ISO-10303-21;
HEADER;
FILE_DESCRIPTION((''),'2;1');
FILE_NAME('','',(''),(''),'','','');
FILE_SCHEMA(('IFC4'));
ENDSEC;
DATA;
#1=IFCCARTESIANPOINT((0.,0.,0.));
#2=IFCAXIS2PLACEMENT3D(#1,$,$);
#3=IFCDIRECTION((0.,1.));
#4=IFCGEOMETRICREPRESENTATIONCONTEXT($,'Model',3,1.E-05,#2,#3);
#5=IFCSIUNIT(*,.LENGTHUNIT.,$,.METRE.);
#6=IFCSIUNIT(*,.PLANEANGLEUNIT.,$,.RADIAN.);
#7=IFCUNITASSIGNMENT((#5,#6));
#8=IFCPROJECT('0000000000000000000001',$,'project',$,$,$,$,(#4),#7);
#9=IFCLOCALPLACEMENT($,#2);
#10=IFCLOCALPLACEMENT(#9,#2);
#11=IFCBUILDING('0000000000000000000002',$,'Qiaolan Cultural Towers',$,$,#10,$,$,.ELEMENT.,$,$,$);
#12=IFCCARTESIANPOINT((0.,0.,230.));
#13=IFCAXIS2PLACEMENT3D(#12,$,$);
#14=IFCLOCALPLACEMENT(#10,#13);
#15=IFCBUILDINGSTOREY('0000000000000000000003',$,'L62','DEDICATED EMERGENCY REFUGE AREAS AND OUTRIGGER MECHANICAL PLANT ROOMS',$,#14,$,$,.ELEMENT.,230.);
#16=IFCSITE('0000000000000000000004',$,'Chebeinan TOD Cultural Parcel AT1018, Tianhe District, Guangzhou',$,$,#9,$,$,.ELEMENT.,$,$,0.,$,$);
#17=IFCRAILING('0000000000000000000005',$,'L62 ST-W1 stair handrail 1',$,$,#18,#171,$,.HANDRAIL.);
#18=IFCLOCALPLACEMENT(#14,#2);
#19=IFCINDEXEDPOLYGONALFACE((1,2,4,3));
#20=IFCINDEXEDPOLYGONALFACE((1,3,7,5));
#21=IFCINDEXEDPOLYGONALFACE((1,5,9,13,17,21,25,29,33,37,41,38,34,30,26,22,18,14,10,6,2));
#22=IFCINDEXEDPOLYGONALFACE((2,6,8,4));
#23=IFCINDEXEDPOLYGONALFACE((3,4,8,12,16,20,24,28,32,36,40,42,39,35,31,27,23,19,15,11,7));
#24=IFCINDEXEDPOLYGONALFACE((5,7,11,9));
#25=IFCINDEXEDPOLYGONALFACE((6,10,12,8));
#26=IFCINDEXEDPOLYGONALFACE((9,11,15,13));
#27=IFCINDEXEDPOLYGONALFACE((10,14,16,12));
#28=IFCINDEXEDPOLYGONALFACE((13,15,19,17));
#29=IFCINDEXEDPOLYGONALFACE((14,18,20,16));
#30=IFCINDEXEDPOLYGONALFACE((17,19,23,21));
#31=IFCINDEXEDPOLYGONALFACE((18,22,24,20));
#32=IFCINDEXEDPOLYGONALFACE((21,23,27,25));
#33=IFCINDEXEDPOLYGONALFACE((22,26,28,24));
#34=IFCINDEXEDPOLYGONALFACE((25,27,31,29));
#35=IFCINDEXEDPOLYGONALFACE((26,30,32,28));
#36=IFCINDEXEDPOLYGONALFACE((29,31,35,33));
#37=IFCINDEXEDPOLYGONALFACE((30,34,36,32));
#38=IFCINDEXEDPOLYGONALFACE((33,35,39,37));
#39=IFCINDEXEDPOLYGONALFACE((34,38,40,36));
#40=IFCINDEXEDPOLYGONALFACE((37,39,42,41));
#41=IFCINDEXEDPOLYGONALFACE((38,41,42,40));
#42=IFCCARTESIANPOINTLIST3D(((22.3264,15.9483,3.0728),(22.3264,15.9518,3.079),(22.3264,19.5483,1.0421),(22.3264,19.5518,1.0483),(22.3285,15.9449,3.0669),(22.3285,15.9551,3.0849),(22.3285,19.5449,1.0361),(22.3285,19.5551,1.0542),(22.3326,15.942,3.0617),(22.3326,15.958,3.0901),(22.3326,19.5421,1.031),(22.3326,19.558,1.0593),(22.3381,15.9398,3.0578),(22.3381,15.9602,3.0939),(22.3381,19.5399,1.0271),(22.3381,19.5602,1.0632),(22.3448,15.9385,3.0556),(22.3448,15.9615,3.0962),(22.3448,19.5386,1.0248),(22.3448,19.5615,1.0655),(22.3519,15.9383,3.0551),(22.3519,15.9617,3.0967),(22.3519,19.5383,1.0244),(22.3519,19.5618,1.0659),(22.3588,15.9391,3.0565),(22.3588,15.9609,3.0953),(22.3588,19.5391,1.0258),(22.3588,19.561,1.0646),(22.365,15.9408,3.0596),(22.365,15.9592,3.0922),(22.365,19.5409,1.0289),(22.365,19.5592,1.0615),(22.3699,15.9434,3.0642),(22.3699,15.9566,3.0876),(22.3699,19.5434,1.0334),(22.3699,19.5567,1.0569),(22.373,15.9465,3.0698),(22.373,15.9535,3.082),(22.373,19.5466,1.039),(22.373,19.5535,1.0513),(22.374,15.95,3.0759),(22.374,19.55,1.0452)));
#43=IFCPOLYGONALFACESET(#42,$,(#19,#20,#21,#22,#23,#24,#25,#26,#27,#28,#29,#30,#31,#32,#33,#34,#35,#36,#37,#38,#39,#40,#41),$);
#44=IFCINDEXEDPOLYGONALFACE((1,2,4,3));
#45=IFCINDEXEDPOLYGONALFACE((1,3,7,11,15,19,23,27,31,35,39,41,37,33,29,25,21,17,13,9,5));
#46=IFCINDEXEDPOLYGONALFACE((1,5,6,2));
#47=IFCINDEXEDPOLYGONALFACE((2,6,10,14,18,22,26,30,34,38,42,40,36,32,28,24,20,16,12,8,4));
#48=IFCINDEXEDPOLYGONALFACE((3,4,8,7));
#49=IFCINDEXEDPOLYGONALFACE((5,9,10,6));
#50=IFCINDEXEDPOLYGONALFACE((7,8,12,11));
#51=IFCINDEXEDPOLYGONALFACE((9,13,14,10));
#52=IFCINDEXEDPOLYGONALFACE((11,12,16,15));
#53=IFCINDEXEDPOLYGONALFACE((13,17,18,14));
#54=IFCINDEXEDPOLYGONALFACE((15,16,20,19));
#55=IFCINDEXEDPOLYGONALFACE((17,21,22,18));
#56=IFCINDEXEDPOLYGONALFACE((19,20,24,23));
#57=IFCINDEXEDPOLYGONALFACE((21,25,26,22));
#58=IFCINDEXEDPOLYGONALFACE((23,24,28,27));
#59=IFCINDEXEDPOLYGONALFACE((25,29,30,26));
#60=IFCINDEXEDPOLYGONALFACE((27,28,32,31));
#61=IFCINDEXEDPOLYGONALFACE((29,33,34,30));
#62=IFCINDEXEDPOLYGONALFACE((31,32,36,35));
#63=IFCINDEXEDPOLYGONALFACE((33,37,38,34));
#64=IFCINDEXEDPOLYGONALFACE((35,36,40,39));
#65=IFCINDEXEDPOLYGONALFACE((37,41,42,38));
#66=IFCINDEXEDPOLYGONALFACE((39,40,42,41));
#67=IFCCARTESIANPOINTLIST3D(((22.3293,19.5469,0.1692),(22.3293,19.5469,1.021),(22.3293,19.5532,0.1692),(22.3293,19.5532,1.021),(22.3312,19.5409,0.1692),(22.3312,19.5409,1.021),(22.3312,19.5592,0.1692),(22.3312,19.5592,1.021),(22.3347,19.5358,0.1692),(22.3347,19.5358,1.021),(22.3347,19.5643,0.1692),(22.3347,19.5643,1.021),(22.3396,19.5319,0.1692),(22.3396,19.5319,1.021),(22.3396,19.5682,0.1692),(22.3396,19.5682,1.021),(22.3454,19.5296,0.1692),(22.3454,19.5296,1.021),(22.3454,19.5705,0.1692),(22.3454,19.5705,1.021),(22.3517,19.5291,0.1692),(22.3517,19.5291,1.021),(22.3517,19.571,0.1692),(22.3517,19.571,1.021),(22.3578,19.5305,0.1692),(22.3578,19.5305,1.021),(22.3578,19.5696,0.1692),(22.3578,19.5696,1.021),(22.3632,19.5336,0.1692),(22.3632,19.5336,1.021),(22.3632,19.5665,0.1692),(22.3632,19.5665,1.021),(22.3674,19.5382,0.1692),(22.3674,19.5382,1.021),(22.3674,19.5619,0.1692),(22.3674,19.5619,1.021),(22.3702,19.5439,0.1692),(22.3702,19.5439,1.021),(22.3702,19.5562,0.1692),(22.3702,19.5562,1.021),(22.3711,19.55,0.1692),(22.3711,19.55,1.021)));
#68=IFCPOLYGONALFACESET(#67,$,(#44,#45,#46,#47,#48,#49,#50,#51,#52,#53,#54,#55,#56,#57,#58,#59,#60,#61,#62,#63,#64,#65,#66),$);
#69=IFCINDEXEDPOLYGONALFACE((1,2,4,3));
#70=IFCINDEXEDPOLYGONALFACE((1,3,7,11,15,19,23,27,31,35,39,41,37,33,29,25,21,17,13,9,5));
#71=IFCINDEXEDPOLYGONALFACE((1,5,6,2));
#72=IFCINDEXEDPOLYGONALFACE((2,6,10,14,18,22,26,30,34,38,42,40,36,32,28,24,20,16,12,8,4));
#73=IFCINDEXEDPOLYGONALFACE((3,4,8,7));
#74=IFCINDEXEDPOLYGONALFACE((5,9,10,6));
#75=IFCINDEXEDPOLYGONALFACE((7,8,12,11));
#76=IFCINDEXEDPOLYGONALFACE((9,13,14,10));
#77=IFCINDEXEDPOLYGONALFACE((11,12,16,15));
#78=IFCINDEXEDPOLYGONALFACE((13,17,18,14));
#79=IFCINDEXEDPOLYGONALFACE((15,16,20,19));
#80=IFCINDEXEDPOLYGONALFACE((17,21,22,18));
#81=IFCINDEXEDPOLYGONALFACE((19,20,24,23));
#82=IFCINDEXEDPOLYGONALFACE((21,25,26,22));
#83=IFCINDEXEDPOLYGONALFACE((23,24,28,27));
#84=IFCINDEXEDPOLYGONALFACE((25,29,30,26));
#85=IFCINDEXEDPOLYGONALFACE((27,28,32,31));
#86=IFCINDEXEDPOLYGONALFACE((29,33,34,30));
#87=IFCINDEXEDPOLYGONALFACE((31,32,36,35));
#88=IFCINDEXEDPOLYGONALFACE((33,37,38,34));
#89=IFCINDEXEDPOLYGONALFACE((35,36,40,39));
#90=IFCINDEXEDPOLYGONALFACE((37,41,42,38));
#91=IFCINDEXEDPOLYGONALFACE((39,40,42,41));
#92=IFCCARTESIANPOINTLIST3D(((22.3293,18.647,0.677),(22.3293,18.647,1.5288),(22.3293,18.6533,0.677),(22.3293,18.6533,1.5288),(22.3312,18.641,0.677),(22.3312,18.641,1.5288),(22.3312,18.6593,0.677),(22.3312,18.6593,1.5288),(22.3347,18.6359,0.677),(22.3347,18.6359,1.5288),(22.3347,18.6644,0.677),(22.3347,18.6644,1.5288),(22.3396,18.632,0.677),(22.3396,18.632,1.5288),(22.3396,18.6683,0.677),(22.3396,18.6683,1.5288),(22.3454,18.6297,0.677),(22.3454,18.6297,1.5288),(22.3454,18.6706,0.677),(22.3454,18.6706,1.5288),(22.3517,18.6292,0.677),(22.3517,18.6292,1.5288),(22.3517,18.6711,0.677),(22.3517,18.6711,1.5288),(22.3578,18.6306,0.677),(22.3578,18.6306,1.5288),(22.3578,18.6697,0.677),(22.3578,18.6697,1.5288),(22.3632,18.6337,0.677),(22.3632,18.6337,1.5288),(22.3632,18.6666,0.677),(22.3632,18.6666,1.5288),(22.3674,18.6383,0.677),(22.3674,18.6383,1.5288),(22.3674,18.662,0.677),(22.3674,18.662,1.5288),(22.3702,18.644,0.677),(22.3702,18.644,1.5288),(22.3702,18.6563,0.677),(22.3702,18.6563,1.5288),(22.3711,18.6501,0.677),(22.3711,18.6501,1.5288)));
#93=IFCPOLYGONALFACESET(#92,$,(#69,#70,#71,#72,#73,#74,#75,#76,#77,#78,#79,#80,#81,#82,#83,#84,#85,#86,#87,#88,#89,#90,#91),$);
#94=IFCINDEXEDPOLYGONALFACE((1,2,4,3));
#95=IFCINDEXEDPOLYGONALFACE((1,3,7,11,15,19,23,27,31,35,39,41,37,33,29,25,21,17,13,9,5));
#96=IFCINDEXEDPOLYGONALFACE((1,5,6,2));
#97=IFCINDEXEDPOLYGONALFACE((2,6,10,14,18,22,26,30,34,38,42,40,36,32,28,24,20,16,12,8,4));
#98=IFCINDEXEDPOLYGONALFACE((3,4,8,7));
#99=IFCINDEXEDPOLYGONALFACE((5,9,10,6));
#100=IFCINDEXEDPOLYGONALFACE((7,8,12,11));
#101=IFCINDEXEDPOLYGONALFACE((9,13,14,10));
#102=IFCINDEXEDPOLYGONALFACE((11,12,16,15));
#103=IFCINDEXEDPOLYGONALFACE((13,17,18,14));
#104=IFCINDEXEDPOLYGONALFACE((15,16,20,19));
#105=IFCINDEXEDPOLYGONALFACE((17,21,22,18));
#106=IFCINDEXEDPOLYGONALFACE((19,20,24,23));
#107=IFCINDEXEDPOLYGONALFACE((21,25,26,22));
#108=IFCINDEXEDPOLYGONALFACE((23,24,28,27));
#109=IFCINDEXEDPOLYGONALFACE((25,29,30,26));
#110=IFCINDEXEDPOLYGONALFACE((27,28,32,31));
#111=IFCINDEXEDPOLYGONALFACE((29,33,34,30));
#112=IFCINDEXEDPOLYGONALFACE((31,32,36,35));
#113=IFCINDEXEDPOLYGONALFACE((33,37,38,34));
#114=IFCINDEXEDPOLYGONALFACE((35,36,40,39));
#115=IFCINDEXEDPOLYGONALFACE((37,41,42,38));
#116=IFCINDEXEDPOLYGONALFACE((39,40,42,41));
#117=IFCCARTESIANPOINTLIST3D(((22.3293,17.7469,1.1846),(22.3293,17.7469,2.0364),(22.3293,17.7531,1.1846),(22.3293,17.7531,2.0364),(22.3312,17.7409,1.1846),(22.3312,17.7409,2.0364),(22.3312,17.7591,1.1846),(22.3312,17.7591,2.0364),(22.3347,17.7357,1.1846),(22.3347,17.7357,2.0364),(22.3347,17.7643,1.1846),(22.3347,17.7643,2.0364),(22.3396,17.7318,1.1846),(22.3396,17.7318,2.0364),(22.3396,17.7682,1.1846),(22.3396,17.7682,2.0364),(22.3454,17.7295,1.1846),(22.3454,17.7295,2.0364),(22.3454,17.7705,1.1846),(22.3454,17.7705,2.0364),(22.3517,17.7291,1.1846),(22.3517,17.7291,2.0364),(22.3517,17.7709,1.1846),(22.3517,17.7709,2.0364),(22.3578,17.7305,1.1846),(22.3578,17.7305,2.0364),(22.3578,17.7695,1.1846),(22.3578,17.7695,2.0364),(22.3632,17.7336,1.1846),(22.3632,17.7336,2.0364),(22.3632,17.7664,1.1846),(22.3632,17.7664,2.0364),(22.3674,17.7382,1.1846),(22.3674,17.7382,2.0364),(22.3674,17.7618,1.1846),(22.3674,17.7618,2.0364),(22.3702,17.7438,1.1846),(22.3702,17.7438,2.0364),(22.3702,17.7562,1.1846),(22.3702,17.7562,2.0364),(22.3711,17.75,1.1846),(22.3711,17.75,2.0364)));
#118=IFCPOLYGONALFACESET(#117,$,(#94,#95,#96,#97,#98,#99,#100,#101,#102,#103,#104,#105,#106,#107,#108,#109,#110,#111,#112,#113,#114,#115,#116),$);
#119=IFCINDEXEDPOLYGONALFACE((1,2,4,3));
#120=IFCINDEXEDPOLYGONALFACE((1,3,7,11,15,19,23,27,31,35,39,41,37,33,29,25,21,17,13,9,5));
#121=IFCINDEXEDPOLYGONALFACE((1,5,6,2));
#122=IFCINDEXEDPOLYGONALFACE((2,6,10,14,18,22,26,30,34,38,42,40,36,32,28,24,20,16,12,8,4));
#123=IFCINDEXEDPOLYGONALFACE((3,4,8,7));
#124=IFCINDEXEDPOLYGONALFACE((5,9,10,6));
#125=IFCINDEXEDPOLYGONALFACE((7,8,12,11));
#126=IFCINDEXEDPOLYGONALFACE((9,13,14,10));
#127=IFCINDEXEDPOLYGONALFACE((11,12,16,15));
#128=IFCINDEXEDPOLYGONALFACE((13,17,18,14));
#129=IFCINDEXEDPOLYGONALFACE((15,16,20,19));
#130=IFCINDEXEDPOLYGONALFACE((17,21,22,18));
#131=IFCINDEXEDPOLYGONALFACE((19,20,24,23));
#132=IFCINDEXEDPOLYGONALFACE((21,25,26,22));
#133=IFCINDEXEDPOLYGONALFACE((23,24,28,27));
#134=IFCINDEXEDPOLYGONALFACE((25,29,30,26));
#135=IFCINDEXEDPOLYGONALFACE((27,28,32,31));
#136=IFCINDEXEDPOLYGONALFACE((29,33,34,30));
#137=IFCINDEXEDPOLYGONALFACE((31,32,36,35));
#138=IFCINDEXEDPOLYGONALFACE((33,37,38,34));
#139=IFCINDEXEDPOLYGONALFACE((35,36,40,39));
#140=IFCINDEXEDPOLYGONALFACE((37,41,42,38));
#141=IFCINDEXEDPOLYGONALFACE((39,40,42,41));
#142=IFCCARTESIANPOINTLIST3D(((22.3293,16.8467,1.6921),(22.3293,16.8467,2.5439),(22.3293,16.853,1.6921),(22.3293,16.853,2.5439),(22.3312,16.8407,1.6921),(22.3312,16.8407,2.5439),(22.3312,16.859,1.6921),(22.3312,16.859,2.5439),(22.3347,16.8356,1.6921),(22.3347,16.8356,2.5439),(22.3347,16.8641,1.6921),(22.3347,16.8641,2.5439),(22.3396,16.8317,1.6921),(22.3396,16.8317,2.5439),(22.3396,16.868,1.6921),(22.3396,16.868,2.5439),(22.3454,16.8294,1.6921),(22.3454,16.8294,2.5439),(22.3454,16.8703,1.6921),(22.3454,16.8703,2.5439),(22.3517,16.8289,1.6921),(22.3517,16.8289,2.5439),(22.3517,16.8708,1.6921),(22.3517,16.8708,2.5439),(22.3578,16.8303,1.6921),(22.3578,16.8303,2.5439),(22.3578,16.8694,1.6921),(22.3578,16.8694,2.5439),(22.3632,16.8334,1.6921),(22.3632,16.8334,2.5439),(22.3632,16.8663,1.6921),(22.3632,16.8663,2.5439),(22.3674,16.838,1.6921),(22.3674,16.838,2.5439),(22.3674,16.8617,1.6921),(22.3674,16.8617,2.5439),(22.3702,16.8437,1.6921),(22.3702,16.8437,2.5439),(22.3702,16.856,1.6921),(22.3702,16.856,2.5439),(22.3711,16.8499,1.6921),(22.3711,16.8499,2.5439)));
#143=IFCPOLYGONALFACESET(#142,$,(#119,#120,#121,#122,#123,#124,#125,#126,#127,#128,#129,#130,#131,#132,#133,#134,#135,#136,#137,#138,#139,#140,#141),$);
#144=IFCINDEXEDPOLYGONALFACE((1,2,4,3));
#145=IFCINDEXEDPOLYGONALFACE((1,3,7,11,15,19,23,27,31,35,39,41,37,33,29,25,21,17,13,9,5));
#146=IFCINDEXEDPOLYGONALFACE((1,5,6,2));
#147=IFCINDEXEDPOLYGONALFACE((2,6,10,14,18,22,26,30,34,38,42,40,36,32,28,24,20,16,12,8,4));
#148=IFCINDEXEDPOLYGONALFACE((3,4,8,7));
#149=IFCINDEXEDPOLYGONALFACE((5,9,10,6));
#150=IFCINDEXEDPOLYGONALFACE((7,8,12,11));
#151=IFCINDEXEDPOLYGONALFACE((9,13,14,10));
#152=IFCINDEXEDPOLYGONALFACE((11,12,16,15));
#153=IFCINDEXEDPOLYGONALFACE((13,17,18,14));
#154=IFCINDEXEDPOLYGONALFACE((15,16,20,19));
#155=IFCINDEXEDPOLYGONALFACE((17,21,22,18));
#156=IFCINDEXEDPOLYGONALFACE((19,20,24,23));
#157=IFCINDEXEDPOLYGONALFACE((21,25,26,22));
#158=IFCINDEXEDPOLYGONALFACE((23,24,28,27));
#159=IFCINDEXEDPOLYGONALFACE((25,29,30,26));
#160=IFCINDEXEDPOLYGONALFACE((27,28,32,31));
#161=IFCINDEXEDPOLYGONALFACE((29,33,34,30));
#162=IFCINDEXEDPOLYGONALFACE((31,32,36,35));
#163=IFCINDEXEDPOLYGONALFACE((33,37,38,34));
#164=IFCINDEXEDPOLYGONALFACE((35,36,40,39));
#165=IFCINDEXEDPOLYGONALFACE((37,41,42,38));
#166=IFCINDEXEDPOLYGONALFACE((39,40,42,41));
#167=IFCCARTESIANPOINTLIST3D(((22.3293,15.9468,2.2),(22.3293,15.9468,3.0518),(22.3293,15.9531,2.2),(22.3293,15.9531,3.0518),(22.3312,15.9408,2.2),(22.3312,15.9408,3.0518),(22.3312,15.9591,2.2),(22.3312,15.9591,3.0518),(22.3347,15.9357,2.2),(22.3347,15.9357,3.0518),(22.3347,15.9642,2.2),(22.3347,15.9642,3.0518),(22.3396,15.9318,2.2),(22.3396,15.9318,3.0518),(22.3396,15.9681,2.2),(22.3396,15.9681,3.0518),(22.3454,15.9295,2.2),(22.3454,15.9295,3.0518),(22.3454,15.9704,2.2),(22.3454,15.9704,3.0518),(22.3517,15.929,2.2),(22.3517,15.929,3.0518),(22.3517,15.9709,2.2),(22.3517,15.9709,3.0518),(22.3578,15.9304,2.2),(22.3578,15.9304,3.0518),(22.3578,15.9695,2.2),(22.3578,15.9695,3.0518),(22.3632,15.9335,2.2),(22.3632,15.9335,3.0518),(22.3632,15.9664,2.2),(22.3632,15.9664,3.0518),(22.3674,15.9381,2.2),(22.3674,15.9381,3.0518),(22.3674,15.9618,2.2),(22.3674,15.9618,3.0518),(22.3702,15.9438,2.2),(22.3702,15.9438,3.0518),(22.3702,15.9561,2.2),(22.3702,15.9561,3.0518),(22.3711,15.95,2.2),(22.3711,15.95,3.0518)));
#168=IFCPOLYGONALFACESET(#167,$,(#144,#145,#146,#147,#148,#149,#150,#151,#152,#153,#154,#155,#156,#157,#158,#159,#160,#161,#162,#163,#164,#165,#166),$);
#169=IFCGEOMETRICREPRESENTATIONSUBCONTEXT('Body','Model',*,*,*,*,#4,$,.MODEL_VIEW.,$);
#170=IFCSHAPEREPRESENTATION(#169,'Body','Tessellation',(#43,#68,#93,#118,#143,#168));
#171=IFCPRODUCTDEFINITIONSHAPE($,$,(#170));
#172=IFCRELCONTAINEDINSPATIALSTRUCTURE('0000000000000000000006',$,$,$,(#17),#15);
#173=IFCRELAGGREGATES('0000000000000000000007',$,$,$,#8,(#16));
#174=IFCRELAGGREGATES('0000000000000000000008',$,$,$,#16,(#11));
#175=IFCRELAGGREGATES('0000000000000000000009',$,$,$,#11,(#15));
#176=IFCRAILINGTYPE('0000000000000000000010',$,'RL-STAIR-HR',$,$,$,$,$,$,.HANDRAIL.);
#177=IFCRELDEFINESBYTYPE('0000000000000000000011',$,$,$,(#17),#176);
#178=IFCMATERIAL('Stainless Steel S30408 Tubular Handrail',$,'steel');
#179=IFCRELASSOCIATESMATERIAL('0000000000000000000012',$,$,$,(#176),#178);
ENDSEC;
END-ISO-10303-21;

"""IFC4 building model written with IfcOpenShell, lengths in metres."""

from ifc_helpers import new_model, si_unit, direction, frame, origin, origin_2d, place, context, subcontext, project, spatial, circle, extrude, material, type_object, element, save


model = new_model("IFC4")

# Units and contexts
model_context = context("Model", 3, precision=1e-05, world=origin(), true_north=direction((0.0, 1.0)))
body_context = subcontext(model_context, "Body", "Model", "MODEL_VIEW")
ifc_project = project(units=[si_unit("LENGTHUNIT", "METRE"), si_unit("PLANEANGLEUNIT", "RADIAN")], contexts=[model_context])

# Site, building, storey
site_placement = place(None, origin())
site = spatial("IfcSite", under=ifc_project, at=site_placement, Name="Chebeinan TOD Cultural Parcel AT1018, Tianhe District, Guangzhou", CompositionType="ELEMENT", RefElevation=0.0)
building_placement = place(site_placement, origin())
building = spatial("IfcBuilding", under=site, at=building_placement, Name="Qiaolan Cultural Towers", CompositionType="ELEMENT")
storey_placement = place(building_placement, frame((0.0, 0.0, 230.0)))
storey = spatial("IfcBuildingStorey", under=building, at=storey_placement, Name="L62", Description="DEDICATED EMERGENCY REFUGE AREAS AND OUTRIGGER MECHANICAL PLANT ROOMS", CompositionType="ELEMENT", Elevation=230.0)

# Railing
ifc_material_1 = material(Name="Stainless Steel S30408 Tubular Handrail", Category="steel")
railing_type_1 = type_object("IfcRailingType", Name="RL-STAIR-HR", PredefinedType="HANDRAIL", material=ifc_material_1)
railing_1_placement = place(storey_placement, frame((22.3501, 19.55, 0.1692)))
element("IfcRailing", 1, at=railing_1_placement, inside=storey, type_object=railing_type_1, Name="L62 ST-W1 stair handrail 1", PredefinedType="HANDRAIL", context=body_context, shape_type="SweptSolid", body=[
    extrude(circle(Radius=0.0239, at=origin_2d()), frame((0.0, 0.0, 0.876), z_axis=(0.0, -0.870985, 0.49131), x_axis=(1.0, 0.0, 0.0)), (0.0, 0.0, 1.0), 4.1333),
    extrude(circle(Radius=0.021, at=origin_2d()), origin(), (0.0, 0.0, 1.0), 0.8518),
    extrude(circle(Radius=0.021, at=origin_2d()), frame((0.0, -0.8999, 0.5078)), (0.0, 0.0, 1.0), 0.8518),
    extrude(circle(Radius=0.021, at=origin_2d()), frame((0.0, -1.8, 1.0154)), (0.0, 0.0, 1.0), 0.8518),
    extrude(circle(Radius=0.021, at=origin_2d()), frame((0.0, -2.7002, 1.5229)), (0.0, 0.0, 1.0), 0.8518),
    extrude(circle(Radius=0.021, at=origin_2d()), frame((0.0, -3.6001, 2.0308)), (0.0, 0.0, 1.0), 0.8518),
])

save(model, "model.ifc")
